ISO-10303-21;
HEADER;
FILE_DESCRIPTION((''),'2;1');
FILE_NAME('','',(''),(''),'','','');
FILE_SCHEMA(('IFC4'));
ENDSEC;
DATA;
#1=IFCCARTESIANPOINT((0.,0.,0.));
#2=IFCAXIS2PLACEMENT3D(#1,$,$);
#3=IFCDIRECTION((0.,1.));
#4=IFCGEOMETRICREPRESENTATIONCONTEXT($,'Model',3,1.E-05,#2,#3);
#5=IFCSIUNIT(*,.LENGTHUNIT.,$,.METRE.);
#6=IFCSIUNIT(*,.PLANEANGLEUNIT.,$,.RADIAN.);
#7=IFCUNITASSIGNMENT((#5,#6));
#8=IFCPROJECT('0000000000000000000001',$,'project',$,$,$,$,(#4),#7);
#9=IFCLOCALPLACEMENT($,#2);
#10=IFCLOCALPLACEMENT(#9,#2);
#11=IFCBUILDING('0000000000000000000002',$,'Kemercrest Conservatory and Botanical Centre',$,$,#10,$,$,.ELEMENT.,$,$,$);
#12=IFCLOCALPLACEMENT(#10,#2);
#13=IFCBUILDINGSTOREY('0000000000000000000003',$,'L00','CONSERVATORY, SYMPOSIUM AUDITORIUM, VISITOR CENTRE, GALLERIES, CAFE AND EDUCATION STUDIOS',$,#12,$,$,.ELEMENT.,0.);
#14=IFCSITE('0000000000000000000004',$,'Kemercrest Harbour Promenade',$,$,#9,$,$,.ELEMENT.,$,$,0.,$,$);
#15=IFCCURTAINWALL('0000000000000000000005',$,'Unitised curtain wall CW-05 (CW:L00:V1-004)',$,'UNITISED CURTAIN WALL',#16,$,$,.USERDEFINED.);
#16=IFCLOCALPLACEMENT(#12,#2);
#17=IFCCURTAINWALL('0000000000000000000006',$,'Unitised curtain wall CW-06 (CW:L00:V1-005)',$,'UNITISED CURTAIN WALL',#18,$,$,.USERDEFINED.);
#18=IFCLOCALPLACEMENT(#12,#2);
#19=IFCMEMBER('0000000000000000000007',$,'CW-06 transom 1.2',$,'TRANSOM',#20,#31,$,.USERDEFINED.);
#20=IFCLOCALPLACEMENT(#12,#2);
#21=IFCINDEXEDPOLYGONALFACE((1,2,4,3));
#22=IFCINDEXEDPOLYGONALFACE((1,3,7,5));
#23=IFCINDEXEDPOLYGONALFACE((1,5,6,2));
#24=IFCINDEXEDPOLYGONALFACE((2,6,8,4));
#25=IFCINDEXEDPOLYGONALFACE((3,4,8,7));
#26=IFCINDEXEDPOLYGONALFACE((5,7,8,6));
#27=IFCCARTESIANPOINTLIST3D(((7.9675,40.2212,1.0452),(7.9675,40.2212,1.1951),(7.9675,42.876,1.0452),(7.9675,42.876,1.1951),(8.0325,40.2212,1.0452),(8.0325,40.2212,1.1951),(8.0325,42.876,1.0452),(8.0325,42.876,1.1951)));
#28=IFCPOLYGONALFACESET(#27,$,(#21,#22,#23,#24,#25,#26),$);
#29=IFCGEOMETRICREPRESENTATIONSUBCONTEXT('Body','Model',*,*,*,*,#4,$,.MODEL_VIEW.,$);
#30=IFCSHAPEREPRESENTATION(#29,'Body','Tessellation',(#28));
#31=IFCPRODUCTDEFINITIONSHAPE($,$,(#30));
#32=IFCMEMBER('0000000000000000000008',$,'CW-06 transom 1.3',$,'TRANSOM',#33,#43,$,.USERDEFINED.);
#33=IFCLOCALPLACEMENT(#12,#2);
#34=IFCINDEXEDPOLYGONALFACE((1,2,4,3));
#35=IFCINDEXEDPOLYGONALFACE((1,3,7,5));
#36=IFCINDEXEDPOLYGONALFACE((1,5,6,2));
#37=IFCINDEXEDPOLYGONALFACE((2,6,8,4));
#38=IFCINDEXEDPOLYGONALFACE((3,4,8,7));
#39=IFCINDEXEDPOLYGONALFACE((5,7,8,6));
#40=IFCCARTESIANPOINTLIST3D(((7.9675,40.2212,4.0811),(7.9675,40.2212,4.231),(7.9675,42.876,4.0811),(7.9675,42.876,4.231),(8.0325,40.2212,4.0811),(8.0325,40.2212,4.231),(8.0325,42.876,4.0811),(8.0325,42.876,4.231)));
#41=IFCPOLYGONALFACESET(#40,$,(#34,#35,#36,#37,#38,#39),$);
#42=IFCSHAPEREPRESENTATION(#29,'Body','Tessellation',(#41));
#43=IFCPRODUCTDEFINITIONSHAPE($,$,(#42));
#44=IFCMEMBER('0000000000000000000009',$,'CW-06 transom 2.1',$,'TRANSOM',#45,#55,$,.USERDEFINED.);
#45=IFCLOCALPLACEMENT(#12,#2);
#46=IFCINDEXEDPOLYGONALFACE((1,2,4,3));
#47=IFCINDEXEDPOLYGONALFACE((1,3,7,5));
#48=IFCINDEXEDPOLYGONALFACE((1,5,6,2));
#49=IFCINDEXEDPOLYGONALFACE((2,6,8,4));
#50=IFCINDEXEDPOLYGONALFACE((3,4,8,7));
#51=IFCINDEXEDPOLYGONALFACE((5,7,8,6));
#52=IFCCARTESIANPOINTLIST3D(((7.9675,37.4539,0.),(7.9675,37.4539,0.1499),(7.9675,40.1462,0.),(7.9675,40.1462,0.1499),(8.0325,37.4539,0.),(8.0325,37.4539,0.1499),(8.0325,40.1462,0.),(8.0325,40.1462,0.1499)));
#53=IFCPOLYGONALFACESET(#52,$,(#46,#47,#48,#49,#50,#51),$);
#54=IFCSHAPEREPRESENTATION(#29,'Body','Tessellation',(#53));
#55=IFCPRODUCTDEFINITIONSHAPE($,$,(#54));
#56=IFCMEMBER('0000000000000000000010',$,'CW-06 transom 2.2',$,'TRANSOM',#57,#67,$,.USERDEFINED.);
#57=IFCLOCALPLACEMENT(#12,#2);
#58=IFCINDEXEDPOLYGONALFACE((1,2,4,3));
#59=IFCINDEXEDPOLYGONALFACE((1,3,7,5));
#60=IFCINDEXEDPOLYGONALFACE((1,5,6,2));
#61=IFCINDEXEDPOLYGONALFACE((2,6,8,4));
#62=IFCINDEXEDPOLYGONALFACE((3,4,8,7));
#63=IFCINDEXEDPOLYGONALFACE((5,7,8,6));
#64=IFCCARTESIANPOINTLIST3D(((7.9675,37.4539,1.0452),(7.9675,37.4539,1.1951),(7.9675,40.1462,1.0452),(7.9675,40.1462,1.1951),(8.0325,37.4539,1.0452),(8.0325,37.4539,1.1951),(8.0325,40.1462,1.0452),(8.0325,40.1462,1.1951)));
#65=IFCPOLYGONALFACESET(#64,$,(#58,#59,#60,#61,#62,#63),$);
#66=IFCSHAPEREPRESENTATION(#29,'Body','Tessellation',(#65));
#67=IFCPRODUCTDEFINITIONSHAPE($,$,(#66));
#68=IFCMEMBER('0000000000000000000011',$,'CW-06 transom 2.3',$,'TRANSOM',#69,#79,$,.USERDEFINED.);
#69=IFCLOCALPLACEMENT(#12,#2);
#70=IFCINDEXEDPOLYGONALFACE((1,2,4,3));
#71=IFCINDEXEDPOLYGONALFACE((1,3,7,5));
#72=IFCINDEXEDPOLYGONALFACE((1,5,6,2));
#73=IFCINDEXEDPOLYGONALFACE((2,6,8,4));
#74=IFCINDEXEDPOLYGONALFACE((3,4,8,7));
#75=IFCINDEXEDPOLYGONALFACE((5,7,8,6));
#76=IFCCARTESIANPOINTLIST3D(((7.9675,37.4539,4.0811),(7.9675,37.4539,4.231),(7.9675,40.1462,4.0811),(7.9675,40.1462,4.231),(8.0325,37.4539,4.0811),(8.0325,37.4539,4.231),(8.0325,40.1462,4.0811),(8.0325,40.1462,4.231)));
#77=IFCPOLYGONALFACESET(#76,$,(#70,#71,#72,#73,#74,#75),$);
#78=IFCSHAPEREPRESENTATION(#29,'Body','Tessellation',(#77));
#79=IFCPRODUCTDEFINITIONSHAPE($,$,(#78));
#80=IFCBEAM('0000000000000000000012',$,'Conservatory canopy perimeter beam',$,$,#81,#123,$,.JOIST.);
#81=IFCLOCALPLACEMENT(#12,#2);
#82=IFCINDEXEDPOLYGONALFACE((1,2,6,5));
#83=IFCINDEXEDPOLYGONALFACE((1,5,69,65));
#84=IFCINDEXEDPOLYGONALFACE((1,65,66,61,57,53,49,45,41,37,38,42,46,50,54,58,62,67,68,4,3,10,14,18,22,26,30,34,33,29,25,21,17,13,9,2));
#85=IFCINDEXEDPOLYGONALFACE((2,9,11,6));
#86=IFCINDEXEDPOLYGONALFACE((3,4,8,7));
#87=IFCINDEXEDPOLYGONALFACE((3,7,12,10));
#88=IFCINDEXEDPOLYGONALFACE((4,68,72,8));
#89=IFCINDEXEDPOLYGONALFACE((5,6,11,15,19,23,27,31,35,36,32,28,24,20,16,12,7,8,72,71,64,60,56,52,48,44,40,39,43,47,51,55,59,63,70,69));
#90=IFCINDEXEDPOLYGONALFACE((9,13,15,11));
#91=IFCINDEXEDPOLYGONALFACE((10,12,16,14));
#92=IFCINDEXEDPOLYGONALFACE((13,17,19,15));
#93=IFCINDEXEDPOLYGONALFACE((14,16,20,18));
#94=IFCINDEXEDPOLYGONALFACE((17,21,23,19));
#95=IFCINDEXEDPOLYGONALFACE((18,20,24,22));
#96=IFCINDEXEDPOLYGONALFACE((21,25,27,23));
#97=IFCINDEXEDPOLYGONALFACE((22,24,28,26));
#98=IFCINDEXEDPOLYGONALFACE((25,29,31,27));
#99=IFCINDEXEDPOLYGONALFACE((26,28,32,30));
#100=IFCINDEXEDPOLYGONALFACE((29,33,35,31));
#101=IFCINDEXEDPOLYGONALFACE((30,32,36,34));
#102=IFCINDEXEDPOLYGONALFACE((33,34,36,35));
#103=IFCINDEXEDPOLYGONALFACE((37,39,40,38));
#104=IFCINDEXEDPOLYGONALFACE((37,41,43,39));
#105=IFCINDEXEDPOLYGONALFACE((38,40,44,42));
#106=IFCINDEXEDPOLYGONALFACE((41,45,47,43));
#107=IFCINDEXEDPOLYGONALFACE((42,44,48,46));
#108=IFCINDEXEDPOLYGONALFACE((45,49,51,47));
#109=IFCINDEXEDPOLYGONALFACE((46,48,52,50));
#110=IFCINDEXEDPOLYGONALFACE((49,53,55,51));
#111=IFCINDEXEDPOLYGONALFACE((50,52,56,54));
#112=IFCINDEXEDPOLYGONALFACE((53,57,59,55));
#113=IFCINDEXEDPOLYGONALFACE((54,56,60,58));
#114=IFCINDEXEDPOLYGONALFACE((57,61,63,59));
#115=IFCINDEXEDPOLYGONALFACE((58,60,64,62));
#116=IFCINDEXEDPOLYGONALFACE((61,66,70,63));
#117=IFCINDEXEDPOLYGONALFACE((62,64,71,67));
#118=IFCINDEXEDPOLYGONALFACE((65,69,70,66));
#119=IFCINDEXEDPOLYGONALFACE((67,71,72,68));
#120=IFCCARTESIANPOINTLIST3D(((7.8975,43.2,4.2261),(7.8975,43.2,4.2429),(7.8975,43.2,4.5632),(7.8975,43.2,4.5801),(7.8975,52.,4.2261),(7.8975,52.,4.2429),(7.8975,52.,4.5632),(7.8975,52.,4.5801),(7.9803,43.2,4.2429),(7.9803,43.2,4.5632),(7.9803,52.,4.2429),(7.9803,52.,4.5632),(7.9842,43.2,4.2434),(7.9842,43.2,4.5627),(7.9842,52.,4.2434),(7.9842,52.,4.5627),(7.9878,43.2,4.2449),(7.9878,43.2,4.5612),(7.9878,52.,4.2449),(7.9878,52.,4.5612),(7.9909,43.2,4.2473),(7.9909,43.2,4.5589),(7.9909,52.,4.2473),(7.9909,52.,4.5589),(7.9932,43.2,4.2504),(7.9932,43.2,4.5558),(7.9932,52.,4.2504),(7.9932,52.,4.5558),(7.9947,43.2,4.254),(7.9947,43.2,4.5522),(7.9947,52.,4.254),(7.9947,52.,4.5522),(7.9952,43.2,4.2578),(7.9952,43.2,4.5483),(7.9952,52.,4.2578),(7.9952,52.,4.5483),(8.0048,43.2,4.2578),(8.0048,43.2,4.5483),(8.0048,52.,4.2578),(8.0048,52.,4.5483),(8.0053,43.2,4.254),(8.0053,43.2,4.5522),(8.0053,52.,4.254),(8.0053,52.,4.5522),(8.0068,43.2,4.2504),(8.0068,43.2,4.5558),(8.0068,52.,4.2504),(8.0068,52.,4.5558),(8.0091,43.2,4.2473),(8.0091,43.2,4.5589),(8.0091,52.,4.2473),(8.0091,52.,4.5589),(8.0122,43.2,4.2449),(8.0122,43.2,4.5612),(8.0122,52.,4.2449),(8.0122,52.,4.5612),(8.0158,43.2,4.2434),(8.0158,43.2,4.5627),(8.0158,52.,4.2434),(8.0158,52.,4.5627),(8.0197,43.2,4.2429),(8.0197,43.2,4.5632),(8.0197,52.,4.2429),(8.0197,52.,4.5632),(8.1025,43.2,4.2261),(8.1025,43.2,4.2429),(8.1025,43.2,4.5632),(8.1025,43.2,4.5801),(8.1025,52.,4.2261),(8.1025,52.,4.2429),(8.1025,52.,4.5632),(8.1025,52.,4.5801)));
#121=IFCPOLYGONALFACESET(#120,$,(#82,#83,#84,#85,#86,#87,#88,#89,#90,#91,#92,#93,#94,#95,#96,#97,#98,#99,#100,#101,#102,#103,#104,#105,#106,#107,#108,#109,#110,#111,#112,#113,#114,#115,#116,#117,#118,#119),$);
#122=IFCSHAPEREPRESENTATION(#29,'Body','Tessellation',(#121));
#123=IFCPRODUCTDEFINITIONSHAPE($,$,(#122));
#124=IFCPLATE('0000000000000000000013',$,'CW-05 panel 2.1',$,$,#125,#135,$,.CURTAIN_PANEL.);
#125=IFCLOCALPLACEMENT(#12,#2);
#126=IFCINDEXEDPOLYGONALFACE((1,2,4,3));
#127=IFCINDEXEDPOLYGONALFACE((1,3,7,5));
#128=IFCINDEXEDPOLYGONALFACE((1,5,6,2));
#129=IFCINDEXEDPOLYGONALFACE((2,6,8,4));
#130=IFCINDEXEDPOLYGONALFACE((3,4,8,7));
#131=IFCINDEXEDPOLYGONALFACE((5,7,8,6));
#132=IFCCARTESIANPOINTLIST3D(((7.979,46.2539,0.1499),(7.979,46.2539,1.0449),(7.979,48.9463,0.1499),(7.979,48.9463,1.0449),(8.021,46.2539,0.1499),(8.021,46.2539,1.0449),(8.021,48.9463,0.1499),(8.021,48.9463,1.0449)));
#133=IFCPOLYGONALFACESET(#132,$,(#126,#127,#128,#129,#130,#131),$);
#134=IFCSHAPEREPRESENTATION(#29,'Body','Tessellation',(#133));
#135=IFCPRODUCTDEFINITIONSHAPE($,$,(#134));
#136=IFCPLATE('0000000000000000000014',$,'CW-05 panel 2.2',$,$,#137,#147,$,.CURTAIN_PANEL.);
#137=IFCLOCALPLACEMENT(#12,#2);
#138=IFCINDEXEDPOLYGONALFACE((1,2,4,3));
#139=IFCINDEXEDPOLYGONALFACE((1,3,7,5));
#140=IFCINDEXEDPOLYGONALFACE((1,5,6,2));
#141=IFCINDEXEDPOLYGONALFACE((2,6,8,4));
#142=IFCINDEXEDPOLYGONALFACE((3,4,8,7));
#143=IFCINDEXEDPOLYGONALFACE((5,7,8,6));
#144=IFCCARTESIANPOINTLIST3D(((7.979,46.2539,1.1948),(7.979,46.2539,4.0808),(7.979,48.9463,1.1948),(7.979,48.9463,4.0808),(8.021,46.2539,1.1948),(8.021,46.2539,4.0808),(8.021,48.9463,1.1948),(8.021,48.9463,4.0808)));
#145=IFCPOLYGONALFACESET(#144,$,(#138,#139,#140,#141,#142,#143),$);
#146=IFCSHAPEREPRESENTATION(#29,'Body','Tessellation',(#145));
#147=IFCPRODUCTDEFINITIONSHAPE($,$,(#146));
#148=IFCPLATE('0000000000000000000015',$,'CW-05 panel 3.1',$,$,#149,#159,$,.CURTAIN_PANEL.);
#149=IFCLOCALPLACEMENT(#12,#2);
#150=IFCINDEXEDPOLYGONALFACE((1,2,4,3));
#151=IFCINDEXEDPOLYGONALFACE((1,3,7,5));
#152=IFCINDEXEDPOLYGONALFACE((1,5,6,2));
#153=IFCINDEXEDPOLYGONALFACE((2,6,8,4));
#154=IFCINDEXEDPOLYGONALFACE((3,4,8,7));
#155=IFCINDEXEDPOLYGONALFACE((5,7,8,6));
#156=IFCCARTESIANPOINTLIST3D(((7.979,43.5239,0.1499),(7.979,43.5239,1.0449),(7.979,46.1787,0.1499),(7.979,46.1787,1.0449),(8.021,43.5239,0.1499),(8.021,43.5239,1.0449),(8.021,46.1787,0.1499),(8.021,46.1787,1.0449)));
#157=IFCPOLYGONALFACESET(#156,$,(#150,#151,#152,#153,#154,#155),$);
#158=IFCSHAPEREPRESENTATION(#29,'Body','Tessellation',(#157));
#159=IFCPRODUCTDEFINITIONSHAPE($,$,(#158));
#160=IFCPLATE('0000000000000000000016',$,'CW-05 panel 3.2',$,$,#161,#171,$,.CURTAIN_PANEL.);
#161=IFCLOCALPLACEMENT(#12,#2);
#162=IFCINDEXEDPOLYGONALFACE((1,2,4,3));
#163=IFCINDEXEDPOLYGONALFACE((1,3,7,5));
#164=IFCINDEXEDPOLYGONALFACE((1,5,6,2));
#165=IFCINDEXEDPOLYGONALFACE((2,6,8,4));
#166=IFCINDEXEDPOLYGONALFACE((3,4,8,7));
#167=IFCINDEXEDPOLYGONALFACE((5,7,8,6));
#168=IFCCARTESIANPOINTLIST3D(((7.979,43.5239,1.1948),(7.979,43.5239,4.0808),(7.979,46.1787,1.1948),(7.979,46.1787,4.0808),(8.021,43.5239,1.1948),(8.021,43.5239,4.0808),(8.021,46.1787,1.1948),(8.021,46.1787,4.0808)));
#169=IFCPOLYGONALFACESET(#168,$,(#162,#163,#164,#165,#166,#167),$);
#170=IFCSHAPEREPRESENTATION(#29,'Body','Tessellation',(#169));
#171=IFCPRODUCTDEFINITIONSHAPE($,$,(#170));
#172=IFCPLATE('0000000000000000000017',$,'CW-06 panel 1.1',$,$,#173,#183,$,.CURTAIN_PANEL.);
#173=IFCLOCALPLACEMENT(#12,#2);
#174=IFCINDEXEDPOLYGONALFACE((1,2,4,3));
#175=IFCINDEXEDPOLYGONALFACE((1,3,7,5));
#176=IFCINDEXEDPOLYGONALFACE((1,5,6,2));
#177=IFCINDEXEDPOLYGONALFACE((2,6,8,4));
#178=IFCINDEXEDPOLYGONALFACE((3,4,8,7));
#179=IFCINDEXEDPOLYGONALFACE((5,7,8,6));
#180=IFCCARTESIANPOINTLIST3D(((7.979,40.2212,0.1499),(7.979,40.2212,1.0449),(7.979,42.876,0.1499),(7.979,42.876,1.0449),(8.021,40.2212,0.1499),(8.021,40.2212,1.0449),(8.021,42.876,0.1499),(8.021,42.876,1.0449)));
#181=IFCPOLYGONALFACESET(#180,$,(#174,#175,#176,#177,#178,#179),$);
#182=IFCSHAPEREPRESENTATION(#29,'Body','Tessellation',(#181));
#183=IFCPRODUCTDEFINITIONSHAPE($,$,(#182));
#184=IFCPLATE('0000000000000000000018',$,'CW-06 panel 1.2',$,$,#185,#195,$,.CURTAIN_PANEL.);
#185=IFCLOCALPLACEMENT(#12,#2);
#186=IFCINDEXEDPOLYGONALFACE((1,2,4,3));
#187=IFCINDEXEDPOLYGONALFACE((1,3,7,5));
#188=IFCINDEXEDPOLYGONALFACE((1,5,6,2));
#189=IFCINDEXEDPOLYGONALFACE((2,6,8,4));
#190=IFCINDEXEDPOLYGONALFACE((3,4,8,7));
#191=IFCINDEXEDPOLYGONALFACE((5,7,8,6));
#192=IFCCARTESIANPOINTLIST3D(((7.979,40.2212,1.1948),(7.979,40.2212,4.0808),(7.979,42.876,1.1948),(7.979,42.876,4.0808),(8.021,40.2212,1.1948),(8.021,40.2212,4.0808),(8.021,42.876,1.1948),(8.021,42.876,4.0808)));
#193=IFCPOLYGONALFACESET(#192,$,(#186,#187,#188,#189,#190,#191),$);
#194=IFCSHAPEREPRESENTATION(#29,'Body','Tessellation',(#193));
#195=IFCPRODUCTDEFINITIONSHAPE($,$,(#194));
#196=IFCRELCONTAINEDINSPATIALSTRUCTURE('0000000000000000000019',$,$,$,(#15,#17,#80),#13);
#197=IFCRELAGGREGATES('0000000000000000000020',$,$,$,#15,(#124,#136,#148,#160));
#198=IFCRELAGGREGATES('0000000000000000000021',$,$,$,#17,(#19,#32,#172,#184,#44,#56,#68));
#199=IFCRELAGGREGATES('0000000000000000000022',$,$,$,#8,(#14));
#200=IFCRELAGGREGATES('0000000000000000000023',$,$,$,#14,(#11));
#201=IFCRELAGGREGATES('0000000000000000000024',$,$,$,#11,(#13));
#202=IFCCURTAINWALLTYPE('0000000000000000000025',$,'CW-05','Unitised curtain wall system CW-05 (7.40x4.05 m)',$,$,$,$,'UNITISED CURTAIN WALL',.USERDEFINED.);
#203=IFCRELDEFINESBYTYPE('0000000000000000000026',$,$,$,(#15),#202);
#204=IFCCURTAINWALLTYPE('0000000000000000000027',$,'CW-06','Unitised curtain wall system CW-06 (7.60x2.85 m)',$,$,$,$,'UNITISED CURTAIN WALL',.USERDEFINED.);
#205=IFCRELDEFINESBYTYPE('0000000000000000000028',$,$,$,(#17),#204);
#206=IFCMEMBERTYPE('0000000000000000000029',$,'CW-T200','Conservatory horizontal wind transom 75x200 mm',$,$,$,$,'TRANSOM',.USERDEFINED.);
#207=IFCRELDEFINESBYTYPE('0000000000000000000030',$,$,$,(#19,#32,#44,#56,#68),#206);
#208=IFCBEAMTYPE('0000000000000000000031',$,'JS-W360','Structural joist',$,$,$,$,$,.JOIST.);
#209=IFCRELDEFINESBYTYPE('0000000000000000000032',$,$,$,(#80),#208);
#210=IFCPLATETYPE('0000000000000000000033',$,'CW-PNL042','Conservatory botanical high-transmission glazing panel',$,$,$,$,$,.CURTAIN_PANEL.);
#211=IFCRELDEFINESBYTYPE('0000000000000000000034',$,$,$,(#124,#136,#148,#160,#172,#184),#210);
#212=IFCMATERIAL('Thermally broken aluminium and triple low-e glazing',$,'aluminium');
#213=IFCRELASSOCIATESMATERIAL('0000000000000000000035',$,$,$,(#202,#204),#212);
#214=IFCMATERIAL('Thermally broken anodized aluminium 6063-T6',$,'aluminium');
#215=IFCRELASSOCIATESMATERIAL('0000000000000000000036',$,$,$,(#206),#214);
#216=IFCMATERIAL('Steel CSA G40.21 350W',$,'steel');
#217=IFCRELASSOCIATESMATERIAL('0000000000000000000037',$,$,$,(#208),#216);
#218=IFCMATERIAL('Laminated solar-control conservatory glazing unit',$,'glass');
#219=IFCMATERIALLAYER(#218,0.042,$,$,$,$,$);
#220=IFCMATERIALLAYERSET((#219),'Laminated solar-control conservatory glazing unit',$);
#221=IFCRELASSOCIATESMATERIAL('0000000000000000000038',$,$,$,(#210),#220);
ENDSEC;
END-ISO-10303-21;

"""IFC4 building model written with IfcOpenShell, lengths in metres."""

from ifc_helpers import new_model, si_unit, direction, frame, origin, origin_2d, place, context, subcontext, project, spatial, rectangle, i_section, extrude, material, layer, layer_set, material_profile, profile_set, type_object, element, aggregate, save


model = new_model("IFC4")

# Units and contexts
model_context = context("Model", 3, precision=1e-05, world=origin(), true_north=direction((0.0, 1.0)))
body_context = subcontext(model_context, "Body", "Model", "MODEL_VIEW")
ifc_project = project(units=[si_unit("LENGTHUNIT", "METRE"), si_unit("PLANEANGLEUNIT", "RADIAN")], contexts=[model_context])

# Site, building, storey
site_placement = place(None, origin())
site = spatial("IfcSite", under=ifc_project, at=site_placement, Name="Kemercrest Harbour Promenade", CompositionType="ELEMENT", RefElevation=0.0)
building_placement = place(site_placement, origin())
building = spatial("IfcBuilding", under=site, at=building_placement, Name="Kemercrest Conservatory and Botanical Centre", CompositionType="ELEMENT")
storey_placement = place(building_placement, origin())
storey = spatial("IfcBuildingStorey", under=building, at=storey_placement, Name="L00", Description="CONSERVATORY, SYMPOSIUM AUDITORIUM, VISITOR CENTRE, GALLERIES, CAFE AND EDUCATION STUDIOS", CompositionType="ELEMENT", Elevation=0.0)

# Shared definitions
ifc_material_1 = material(Name="Steel CSA G40.21 350W", Category="steel")

# Curtain walls
ifc_material_2 = material(Name="Thermally broken aluminium and triple low-e glazing", Category="aluminium")
curtain_wall_type_1 = type_object("IfcCurtainWallType", Name="CW-05", Description="Unitised curtain wall system CW-05 (7.40x4.05 m)", ElementType="UNITISED CURTAIN WALL", PredefinedType="USERDEFINED", material=ifc_material_2)
curtain_wall_1_placement = place(storey_placement, origin())
curtain_wall_1 = element("IfcCurtainWall", 1, at=curtain_wall_1_placement, inside=storey, type_object=curtain_wall_type_1, Name="Unitised curtain wall CW-05 (CW:L00:V1-004)", ObjectType="UNITISED CURTAIN WALL", PredefinedType="USERDEFINED")
ifc_material_3 = material(Name="Thermally broken anodized aluminium 6063-T6", Category="aluminium")
curtain_wall_type_2 = type_object("IfcCurtainWallType", Name="CW-06", Description="Unitised curtain wall system CW-06 (7.60x2.85 m)", ElementType="UNITISED CURTAIN WALL", PredefinedType="USERDEFINED", material=ifc_material_2)
curtain_wall_2_placement = place(storey_placement, origin())
curtain_wall_2 = element("IfcCurtainWall", 2, at=curtain_wall_2_placement, inside=storey, type_object=curtain_wall_type_2, Name="Unitised curtain wall CW-06 (CW:L00:V1-005)", ObjectType="UNITISED CURTAIN WALL", PredefinedType="USERDEFINED")

# Members
ifc_material_profile_1 = material_profile(ifc_material_3, rectangle(XDim=0.0649, YDim=0.1499, at=origin_2d()), Name="AL TRANSOM 65x150")
ifc_profile_set_1 = profile_set([ifc_material_profile_1], Name="Thermally broken anodized aluminium 6063-T6")
member_type_1 = type_object("IfcMemberType", Name="CW-T200", Description="Conservatory horizontal wind transom 75x200 mm", ElementType="TRANSOM", PredefinedType="USERDEFINED", material=ifc_profile_set_1)
member_1_placement = place(storey_placement, frame((8.0, 42.876, 1.1201), z_axis=(0.0, -1.0, 0.0), x_axis=(1.0, 0.0, 0.0)))
member_1 = element("IfcMember", 3, at=member_1_placement, type_object=member_type_1, Name="CW-06 transom 1.2", ObjectType="TRANSOM", PredefinedType="USERDEFINED", context=body_context, shape_type="SweptSolid", body=[
    extrude(rectangle(XDim=0.0649, YDim=0.1499, at=origin_2d()), origin(), (0.0, 0.0, 1.0), 2.6548),
])
member_2_placement = place(storey_placement, frame((8.0, 42.876, 4.156), z_axis=(0.0, -1.0, 0.0), x_axis=(1.0, 0.0, 0.0)))
member_2 = element("IfcMember", 4, at=member_2_placement, type_object=member_type_1, Name="CW-06 transom 1.3", ObjectType="TRANSOM", PredefinedType="USERDEFINED", context=body_context, shape_type="SweptSolid", body=[
    extrude(rectangle(XDim=0.0649, YDim=0.1499, at=origin_2d()), origin(), (0.0, 0.0, 1.0), 2.6548),
])
member_3_placement = place(storey_placement, frame((8.0, 40.1462, 0.075), z_axis=(0.0, -1.0, 0.0), x_axis=(1.0, 0.0, 0.0)))
member_3 = element("IfcMember", 5, at=member_3_placement, type_object=member_type_1, Name="CW-06 transom 2.1", ObjectType="TRANSOM", PredefinedType="USERDEFINED", context=body_context, shape_type="SweptSolid", body=[
    extrude(rectangle(XDim=0.0649, YDim=0.1499, at=origin_2d()), origin(), (0.0, 0.0, 1.0), 2.6924),
])
member_4_placement = place(storey_placement, frame((8.0, 40.1462, 1.1201), z_axis=(0.0, -1.0, 0.0), x_axis=(1.0, 0.0, 0.0)))
member_4 = element("IfcMember", 6, at=member_4_placement, type_object=member_type_1, Name="CW-06 transom 2.2", ObjectType="TRANSOM", PredefinedType="USERDEFINED", context=body_context, shape_type="SweptSolid", body=[
    extrude(rectangle(XDim=0.0649, YDim=0.1499, at=origin_2d()), origin(), (0.0, 0.0, 1.0), 2.6924),
])
member_5_placement = place(storey_placement, frame((8.0, 40.1462, 4.156), z_axis=(0.0, -1.0, 0.0), x_axis=(1.0, 0.0, 0.0)))
member_5 = element("IfcMember", 7, at=member_5_placement, type_object=member_type_1, Name="CW-06 transom 2.3", ObjectType="TRANSOM", PredefinedType="USERDEFINED", context=body_context, shape_type="SweptSolid", body=[
    extrude(rectangle(XDim=0.0649, YDim=0.1499, at=origin_2d()), origin(), (0.0, 0.0, 1.0), 2.6924),
])

# Beam
ifc_material_profile_2 = material_profile(ifc_material_1, i_section(OverallWidth=0.2051, OverallDepth=0.354, WebThickness=0.0095, FlangeThickness=0.0168, FilletRadius=0.0149, at=origin_2d()), Name="W360X79")
ifc_profile_set_2 = profile_set([ifc_material_profile_2], Name="Steel CSA G40.21 350W")
beam_type = type_object("IfcBeamType", Name="JS-W360", Description="Structural joist", PredefinedType="JOIST", material=ifc_profile_set_2)
beam_placement = place(storey_placement, frame((8.0, 43.2, 4.4031), z_axis=(0.0, 1.0, 0.0), x_axis=(-1.0, 0.0, 0.0)))
element("IfcBeam", 8, at=beam_placement, inside=storey, type_object=beam_type, Name="Conservatory canopy perimeter beam", PredefinedType="JOIST", context=body_context, shape_type="SweptSolid", body=[
    extrude(i_section(OverallWidth=0.2051, OverallDepth=0.354, WebThickness=0.0095, FlangeThickness=0.0168, FilletRadius=0.0149, at=origin_2d()), origin(), (0.0, 0.0, 1.0), 8.8),
])

# Plates
ifc_material_4 = material(Name="Laminated solar-control conservatory glazing unit", Category="glass")
ifc_layer_1 = layer(ifc_material_4, 0.042)
ifc_layer_set_1 = layer_set([ifc_layer_1], Name="Laminated solar-control conservatory glazing unit")
plate_type = type_object("IfcPlateType", Name="CW-PNL042", Description="Conservatory botanical high-transmission glazing panel", PredefinedType="CURTAIN_PANEL", material=ifc_layer_set_1)
plate_1_placement = place(storey_placement, frame((8.0, 47.6001, 0.1499), z_axis=(0.0, 0.0, 1.0), x_axis=(0.0, -1.0, 0.0)))
plate_1 = element("IfcPlate", 9, at=plate_1_placement, type_object=plate_type, Name="CW-05 panel 2.1", PredefinedType="CURTAIN_PANEL", context=body_context, shape_type="SweptSolid", body=[
    extrude(rectangle(XDim=2.6924, YDim=0.042, at=origin_2d()), origin(), (0.0, 0.0, 1.0), 0.895),
])
plate_2_placement = place(storey_placement, frame((8.0, 47.6001, 1.1948), z_axis=(0.0, 0.0, 1.0), x_axis=(0.0, -1.0, 0.0)))
plate_2 = element("IfcPlate", 10, at=plate_2_placement, type_object=plate_type, Name="CW-05 panel 2.2", PredefinedType="CURTAIN_PANEL", context=body_context, shape_type="SweptSolid", body=[
    extrude(rectangle(XDim=2.6924, YDim=0.042, at=origin_2d()), origin(), (0.0, 0.0, 1.0), 2.886),
])
plate_3_placement = place(storey_placement, frame((8.0, 44.8513, 0.1499), z_axis=(0.0, 0.0, 1.0), x_axis=(0.0, -1.0, 0.0)))
plate_3 = element("IfcPlate", 11, at=plate_3_placement, type_object=plate_type, Name="CW-05 panel 3.1", PredefinedType="CURTAIN_PANEL", context=body_context, shape_type="SweptSolid", body=[
    extrude(rectangle(XDim=2.6548, YDim=0.042, at=origin_2d()), origin(), (0.0, 0.0, 1.0), 0.895),
])
plate_4_placement = place(storey_placement, frame((8.0, 44.8513, 1.1948), z_axis=(0.0, 0.0, 1.0), x_axis=(0.0, -1.0, 0.0)))
plate_4 = element("IfcPlate", 12, at=plate_4_placement, type_object=plate_type, Name="CW-05 panel 3.2", PredefinedType="CURTAIN_PANEL", context=body_context, shape_type="SweptSolid", body=[
    extrude(rectangle(XDim=2.6548, YDim=0.042, at=origin_2d()), origin(), (0.0, 0.0, 1.0), 2.886),
])
aggregate(curtain_wall_1, [plate_1, plate_2, plate_3, plate_4])
plate_5_placement = place(storey_placement, frame((8.0, 41.5486, 0.1499), z_axis=(0.0, 0.0, 1.0), x_axis=(0.0, -1.0, 0.0)))
plate_5 = element("IfcPlate", 13, at=plate_5_placement, type_object=plate_type, Name="CW-06 panel 1.1", PredefinedType="CURTAIN_PANEL", context=body_context, shape_type="SweptSolid", body=[
    extrude(rectangle(XDim=2.6548, YDim=0.042, at=origin_2d()), origin(), (0.0, 0.0, 1.0), 0.895),
])
plate_6_placement = place(storey_placement, frame((8.0, 41.5486, 1.1948), z_axis=(0.0, 0.0, 1.0), x_axis=(0.0, -1.0, 0.0)))
plate_6 = element("IfcPlate", 14, at=plate_6_placement, type_object=plate_type, Name="CW-06 panel 1.2", PredefinedType="CURTAIN_PANEL", context=body_context, shape_type="SweptSolid", body=[
    extrude(rectangle(XDim=2.6548, YDim=0.042, at=origin_2d()), origin(), (0.0, 0.0, 1.0), 2.886),
])
aggregate(curtain_wall_2, [member_1, member_2, plate_5, plate_6, member_3, member_4, member_5])

save(model, "model.ifc")
